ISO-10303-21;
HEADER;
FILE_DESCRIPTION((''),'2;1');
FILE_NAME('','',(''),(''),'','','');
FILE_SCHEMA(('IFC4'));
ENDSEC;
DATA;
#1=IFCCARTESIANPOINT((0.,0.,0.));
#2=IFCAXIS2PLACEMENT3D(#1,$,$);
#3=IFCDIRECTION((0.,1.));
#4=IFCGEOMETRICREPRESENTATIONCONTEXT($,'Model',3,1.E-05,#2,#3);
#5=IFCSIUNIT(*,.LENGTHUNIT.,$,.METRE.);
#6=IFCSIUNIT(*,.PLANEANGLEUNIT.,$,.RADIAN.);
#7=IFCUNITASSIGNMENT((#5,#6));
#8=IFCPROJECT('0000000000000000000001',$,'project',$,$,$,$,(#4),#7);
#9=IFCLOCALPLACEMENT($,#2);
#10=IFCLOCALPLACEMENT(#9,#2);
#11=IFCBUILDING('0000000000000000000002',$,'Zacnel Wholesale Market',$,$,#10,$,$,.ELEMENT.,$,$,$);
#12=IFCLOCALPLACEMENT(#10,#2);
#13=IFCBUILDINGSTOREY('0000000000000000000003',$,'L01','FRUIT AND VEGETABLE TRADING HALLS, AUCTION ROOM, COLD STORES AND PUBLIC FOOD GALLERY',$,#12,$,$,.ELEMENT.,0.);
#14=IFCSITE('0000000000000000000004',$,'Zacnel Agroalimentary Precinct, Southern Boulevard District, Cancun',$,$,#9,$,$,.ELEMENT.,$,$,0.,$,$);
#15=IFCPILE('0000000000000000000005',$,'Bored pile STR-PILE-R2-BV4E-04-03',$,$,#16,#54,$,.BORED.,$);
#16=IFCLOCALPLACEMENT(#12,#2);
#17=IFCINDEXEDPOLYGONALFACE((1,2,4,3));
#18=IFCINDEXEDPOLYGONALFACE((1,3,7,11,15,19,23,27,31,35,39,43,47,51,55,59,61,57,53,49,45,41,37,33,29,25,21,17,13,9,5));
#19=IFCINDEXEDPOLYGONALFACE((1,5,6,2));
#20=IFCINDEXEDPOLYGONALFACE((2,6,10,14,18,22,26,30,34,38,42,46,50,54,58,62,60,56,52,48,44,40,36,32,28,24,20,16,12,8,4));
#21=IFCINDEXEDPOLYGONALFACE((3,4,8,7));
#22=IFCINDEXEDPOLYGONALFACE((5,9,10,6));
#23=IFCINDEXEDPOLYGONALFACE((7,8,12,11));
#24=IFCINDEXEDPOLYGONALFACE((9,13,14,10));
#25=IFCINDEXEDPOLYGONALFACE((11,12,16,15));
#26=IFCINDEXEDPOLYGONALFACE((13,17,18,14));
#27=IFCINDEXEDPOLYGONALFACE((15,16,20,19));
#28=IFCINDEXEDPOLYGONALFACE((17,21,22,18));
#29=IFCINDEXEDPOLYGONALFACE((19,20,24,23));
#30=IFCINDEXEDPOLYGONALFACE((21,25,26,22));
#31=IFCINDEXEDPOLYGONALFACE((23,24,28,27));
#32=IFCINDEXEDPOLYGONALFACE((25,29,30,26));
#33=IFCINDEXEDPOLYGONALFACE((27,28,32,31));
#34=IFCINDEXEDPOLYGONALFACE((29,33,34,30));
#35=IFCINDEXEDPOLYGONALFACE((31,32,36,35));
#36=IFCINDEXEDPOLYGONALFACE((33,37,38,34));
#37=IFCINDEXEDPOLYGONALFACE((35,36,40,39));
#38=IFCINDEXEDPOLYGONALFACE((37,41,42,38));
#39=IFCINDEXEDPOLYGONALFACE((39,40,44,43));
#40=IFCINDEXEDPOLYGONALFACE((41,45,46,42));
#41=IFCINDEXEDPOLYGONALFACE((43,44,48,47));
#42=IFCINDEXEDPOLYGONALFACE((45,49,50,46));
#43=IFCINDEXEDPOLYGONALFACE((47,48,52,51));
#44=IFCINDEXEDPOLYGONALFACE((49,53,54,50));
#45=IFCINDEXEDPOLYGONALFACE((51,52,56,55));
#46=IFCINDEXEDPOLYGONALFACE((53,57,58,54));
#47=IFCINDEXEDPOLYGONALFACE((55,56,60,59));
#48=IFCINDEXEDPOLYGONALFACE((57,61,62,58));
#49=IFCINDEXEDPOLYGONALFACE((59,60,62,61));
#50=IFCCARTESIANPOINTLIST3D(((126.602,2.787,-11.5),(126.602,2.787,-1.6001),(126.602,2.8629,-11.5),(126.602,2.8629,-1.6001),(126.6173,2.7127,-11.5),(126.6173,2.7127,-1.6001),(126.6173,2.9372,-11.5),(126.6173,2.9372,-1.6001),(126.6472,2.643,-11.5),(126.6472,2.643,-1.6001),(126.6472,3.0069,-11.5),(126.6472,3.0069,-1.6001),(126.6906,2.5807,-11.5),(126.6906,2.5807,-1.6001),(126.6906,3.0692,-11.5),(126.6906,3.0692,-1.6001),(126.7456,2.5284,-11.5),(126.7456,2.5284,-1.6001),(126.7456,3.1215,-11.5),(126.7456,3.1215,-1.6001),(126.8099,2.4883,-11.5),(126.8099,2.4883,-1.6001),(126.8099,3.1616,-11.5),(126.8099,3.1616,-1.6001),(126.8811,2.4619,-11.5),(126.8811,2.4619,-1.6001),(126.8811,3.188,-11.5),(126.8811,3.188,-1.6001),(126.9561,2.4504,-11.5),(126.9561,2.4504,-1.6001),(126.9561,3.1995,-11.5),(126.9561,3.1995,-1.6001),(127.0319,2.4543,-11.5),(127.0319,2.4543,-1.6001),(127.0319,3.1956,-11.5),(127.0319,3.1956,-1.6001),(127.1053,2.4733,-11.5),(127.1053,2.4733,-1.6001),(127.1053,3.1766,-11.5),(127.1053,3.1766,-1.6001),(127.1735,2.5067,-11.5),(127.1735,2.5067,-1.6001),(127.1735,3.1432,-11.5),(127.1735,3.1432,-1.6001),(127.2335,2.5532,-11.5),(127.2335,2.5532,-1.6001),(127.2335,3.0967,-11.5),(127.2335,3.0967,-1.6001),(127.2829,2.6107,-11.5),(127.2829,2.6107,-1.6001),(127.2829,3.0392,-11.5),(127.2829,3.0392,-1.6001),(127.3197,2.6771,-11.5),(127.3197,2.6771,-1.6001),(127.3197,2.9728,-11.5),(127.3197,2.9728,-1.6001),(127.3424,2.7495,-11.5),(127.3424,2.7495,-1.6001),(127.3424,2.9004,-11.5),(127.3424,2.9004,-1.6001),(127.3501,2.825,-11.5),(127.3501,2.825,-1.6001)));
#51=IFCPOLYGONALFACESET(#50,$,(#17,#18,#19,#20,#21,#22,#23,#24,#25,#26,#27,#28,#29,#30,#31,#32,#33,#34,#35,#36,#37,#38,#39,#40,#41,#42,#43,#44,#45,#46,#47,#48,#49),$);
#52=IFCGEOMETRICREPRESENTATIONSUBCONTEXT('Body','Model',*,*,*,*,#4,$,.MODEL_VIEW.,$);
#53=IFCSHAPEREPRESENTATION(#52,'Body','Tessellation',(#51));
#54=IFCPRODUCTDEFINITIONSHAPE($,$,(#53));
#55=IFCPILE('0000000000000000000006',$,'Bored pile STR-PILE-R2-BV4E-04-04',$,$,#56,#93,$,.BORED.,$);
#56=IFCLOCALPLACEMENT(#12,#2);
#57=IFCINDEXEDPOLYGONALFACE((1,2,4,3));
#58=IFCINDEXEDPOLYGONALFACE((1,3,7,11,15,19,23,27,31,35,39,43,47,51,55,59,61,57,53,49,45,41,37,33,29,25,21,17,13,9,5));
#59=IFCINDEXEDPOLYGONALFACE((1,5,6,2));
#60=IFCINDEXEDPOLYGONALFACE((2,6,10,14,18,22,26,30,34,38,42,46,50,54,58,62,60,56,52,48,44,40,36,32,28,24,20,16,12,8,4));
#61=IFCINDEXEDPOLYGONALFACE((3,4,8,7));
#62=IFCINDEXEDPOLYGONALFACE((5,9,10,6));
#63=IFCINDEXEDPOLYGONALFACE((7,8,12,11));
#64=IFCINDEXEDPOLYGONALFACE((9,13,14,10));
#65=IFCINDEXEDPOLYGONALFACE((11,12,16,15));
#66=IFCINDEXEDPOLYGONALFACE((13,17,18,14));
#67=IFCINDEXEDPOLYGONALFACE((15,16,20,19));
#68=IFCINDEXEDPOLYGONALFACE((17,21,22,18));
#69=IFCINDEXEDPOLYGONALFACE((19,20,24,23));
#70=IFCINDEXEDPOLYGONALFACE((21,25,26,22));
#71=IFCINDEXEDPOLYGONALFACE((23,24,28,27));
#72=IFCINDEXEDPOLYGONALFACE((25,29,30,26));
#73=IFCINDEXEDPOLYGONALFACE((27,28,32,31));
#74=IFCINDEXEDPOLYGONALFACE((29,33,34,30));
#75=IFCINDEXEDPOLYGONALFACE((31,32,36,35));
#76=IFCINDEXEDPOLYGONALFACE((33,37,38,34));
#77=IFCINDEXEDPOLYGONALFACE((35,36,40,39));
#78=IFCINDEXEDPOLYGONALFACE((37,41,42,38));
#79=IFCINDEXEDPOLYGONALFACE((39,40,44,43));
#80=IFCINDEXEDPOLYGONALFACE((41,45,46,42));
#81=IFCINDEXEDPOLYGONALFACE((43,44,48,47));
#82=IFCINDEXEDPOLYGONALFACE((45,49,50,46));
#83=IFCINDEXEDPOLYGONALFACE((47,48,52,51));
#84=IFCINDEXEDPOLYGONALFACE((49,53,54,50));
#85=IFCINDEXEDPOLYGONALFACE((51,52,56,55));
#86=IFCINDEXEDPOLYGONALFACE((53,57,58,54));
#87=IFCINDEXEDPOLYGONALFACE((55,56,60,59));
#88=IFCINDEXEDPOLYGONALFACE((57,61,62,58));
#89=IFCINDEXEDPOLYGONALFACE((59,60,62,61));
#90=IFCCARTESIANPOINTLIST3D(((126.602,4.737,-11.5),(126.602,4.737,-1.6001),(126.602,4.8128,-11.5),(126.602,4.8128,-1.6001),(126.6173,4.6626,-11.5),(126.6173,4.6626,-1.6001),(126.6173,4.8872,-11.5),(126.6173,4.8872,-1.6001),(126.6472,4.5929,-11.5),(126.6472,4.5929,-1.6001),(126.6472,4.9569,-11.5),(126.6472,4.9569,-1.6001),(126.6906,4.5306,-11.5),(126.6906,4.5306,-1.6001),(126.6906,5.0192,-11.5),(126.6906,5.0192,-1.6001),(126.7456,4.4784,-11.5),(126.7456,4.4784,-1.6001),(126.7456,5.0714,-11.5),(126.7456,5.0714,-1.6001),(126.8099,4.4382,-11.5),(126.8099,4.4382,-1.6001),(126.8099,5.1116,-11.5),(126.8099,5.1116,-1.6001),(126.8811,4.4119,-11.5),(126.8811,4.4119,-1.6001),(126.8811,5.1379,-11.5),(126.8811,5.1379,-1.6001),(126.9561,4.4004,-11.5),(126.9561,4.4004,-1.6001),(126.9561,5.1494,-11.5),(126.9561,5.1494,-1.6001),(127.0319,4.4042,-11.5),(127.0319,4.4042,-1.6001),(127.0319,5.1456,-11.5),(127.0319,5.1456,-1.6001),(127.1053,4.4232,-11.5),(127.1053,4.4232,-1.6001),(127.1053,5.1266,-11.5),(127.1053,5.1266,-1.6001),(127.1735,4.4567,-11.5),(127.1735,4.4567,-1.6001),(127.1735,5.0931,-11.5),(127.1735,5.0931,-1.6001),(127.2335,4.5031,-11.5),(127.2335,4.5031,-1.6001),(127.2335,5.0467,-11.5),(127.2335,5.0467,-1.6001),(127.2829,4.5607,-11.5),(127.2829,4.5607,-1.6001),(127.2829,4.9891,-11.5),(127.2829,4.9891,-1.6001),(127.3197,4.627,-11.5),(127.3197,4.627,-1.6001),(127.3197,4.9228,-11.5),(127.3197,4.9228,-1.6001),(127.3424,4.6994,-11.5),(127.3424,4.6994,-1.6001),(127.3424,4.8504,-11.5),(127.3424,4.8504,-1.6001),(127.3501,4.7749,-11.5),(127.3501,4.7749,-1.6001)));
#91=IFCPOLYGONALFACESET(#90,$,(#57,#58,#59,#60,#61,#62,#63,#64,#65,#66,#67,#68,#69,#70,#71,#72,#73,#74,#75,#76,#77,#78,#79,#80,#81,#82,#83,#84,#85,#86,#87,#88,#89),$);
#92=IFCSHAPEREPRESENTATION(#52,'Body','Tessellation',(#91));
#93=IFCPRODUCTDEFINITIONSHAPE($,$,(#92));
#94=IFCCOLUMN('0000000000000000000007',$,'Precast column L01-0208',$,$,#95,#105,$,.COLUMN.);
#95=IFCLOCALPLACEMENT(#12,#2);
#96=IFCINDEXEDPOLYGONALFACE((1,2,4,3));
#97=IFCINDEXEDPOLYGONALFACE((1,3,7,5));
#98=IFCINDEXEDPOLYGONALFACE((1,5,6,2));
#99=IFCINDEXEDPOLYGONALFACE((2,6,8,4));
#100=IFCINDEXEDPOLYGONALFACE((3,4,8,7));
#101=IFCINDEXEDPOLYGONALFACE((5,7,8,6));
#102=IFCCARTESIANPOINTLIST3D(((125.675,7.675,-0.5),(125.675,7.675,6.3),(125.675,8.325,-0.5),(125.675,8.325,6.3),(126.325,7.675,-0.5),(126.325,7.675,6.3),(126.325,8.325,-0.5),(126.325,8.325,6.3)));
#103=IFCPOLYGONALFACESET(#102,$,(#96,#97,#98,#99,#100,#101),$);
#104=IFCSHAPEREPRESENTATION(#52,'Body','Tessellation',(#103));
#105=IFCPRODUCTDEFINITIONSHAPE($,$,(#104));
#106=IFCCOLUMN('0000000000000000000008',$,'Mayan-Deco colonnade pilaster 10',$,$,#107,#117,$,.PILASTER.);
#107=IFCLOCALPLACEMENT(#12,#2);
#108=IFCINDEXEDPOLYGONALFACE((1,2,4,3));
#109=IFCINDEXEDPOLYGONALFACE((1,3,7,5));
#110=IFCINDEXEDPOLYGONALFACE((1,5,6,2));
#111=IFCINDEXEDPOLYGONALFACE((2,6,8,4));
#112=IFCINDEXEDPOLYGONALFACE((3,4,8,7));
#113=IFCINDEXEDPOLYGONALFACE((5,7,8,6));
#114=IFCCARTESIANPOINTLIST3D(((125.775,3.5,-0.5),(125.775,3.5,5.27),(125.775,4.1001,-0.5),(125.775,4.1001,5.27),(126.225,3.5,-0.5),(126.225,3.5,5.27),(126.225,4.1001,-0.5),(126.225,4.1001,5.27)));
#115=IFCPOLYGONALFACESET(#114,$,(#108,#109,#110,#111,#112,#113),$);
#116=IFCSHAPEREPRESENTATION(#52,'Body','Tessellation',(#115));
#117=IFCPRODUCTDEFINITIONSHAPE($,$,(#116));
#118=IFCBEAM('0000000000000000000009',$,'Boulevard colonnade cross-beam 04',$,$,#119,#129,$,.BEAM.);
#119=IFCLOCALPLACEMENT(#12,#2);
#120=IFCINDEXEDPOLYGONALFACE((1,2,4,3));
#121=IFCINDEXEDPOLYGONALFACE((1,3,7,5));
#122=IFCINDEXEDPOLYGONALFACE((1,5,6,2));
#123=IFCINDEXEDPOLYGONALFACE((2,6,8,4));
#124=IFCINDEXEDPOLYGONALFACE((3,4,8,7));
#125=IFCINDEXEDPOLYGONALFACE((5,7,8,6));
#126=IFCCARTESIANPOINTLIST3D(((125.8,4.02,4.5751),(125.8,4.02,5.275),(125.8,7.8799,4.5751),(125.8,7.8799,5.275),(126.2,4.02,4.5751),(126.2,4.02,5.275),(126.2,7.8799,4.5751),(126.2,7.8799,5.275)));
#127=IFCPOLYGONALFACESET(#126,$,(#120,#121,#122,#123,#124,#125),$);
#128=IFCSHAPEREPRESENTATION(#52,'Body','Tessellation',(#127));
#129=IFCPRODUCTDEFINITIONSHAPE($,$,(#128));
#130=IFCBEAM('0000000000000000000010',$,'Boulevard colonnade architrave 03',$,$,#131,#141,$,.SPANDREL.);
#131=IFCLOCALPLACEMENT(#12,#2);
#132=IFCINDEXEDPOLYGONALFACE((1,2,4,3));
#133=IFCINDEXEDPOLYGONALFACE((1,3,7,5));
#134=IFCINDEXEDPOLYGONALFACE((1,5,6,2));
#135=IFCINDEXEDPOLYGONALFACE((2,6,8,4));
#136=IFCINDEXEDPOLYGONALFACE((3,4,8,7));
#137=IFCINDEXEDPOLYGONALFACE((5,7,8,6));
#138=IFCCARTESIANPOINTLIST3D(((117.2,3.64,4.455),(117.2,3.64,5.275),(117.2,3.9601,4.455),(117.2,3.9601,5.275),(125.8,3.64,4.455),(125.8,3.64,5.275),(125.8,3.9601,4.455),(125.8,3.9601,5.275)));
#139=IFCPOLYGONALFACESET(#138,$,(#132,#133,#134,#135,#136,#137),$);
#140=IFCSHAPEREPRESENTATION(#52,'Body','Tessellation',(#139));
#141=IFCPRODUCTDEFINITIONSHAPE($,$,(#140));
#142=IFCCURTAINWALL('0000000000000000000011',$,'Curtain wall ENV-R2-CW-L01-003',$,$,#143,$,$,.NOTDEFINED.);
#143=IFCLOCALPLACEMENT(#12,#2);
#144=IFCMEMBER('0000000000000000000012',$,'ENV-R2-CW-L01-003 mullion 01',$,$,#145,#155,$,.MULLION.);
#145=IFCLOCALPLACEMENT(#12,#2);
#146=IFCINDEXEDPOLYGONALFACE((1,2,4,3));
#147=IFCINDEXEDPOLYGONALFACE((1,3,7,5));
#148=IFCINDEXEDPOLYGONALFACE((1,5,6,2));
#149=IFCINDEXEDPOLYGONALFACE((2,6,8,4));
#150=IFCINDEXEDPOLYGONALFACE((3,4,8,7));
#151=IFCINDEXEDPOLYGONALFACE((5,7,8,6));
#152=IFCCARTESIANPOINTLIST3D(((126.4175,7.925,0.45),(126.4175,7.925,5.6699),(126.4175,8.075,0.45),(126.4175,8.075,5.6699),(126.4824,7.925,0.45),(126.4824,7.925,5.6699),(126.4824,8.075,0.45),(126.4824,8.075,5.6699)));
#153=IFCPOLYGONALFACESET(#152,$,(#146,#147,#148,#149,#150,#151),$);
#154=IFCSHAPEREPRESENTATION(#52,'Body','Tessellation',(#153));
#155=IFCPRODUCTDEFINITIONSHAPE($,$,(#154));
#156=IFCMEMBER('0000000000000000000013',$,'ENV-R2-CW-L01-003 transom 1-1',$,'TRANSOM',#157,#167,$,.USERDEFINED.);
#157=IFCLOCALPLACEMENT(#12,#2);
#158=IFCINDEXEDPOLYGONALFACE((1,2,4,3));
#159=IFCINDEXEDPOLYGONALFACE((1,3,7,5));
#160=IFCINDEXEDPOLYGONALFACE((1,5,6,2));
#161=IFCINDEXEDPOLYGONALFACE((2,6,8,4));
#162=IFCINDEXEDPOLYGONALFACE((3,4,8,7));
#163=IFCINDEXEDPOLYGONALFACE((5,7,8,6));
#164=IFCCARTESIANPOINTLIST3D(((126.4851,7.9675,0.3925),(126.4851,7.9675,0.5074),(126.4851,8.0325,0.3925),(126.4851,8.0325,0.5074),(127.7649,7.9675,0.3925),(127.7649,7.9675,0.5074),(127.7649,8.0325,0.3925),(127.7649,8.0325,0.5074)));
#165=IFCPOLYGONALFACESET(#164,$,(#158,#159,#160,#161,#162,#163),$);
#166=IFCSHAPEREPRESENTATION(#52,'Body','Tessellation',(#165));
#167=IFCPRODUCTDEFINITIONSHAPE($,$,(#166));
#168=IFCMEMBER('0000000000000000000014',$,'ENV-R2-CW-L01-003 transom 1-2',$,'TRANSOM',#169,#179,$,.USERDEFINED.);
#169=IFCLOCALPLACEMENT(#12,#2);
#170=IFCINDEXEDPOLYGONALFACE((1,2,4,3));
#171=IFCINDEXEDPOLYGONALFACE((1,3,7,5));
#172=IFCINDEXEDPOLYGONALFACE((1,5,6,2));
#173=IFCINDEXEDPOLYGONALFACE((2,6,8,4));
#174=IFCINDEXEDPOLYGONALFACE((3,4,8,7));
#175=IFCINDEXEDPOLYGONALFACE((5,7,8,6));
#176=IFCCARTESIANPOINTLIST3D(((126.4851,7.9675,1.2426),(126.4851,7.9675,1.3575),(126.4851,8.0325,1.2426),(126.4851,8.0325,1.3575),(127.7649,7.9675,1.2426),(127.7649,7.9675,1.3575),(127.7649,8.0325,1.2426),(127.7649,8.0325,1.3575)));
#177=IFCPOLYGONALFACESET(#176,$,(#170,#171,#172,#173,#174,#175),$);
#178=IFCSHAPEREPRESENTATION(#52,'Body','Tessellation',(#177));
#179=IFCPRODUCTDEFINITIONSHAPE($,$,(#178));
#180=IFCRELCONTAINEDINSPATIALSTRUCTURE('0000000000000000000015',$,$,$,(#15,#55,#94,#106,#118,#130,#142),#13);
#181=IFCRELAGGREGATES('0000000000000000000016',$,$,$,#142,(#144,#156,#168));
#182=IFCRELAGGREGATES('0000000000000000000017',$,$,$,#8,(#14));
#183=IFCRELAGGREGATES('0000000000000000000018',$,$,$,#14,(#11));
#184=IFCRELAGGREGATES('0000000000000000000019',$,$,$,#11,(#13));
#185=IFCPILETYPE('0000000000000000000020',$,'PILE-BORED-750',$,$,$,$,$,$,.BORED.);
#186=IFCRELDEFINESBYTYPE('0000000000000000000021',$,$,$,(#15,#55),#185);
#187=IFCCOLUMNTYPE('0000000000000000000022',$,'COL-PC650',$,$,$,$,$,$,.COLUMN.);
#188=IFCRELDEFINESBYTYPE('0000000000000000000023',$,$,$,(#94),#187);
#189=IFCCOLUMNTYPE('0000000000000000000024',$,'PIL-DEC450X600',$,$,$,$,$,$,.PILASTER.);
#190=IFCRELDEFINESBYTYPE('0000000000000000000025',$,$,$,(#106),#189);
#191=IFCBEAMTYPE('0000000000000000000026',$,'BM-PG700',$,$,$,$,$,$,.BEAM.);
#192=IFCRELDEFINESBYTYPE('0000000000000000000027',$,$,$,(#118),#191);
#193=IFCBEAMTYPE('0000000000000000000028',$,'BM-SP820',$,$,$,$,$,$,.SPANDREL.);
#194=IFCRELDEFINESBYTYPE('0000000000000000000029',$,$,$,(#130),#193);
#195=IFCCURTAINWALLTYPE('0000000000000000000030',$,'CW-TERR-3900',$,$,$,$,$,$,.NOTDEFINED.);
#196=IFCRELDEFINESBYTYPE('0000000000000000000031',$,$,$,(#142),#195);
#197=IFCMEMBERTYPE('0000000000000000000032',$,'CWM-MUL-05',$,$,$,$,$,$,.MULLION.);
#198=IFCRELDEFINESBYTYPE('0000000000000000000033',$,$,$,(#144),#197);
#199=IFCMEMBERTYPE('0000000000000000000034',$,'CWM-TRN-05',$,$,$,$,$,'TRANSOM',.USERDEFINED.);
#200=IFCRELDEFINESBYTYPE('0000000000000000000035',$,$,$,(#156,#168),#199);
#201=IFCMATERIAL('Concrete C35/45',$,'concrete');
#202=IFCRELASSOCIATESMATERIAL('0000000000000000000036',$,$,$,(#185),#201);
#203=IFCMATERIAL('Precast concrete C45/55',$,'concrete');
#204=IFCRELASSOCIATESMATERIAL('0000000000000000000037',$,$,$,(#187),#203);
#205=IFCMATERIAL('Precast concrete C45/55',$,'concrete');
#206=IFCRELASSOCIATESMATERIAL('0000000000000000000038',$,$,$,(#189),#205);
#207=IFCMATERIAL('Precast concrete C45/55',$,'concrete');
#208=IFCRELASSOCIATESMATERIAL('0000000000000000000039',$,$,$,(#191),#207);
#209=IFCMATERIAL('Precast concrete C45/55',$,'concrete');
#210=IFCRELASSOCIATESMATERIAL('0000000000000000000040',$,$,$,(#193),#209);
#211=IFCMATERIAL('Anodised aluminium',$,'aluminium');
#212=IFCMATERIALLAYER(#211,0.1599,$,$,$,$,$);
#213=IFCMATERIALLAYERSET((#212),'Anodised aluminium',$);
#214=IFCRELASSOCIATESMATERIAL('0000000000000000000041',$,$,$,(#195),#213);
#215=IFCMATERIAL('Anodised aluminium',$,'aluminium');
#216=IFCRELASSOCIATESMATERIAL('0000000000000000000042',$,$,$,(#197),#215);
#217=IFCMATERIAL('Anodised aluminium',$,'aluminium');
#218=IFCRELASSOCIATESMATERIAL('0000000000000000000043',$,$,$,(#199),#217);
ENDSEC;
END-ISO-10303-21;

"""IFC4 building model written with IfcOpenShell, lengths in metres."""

from ifc_helpers import new_model, si_unit, direction, frame, origin, origin_2d, place, context, subcontext, project, spatial, rectangle, circle, extrude, material, layer, layer_set, material_profile, profile_set, type_object, element, aggregate, save


model = new_model("IFC4")

# Units and contexts
model_context = context("Model", 3, precision=1e-05, world=origin(), true_north=direction((0.0, 1.0)))
body_context = subcontext(model_context, "Body", "Model", "MODEL_VIEW")
ifc_project = project(units=[si_unit("LENGTHUNIT", "METRE"), si_unit("PLANEANGLEUNIT", "RADIAN")], contexts=[model_context])

# Site, building, storey
site_placement = place(None, origin())
site = spatial("IfcSite", under=ifc_project, at=site_placement, Name="Zacnel Agroalimentary Precinct, Southern Boulevard District, Cancun", CompositionType="ELEMENT", RefElevation=0.0)
building_placement = place(site_placement, origin())
building = spatial("IfcBuilding", under=site, at=building_placement, Name="Zacnel Wholesale Market", CompositionType="ELEMENT")
storey_placement = place(building_placement, origin())
storey = spatial("IfcBuildingStorey", under=building, at=storey_placement, Name="L01", Description="FRUIT AND VEGETABLE TRADING HALLS, AUCTION ROOM, COLD STORES AND PUBLIC FOOD GALLERY", CompositionType="ELEMENT", Elevation=0.0)

# Piles
ifc_material_1 = material(Name="Concrete C35/45", Category="concrete")
ifc_material_profile_1 = material_profile(ifc_material_1, circle(Radius=0.375, at=origin_2d()), Name="BORED PILE D750")
ifc_profile_set_1 = profile_set([ifc_material_profile_1], Name="Concrete C35/45")
pile_type = type_object("IfcPileType", Name="PILE-BORED-750", PredefinedType="BORED", material=ifc_profile_set_1)
for number, where, z_axis, x_axis, name in (
    (1, (126.9751, 2.825, -1.6001), (0.0, 0.0, -1.0), (1.0, 0.0, 0.0), "Bored pile STR-PILE-R2-BV4E-04-03"),
    (2, (126.9751, 4.7749, -1.6001), (0.0, 0.0, -1.0), (1.0, 0.0, 0.0), "Bored pile STR-PILE-R2-BV4E-04-04"),
):
    element("IfcPile", number, at=place(storey_placement, frame(where, z_axis=z_axis, x_axis=x_axis)), inside=storey, type_object=pile_type, Name=name, PredefinedType="BORED", context=body_context, shape_type="SweptSolid", body=[
        extrude(circle(Radius=0.375, at=origin_2d()), origin(), (0.0, 0.0, 1.0), 9.8999),
    ])

# Columns
ifc_material_2 = material(Name="Precast concrete C45/55", Category="concrete")
ifc_material_profile_2 = material_profile(ifc_material_2, rectangle(XDim=0.6499, YDim=0.6499, at=origin_2d()), Name="PC 650x650")
ifc_profile_set_2 = profile_set([ifc_material_profile_2], Name="Precast concrete C45/55")
column_type_1 = type_object("IfcColumnType", Name="COL-PC650", PredefinedType="COLUMN", material=ifc_profile_set_2)
column_1_placement = place(storey_placement, frame((126.0, 8.0, -0.5), z_axis=(0.0, 0.0, 1.0), x_axis=(1.0, 0.0, 0.0)))
element("IfcColumn", 3, at=column_1_placement, inside=storey, type_object=column_type_1, Name="Precast column L01-0208", PredefinedType="COLUMN", context=body_context, shape_type="SweptSolid", body=[
    extrude(rectangle(XDim=0.6499, YDim=0.6499, at=origin_2d()), origin(), (0.0, 0.0, 1.0), 6.8),
])
ifc_material_3 = material(Name="Precast concrete C45/55", Category="concrete")
ifc_material_profile_3 = material_profile(ifc_material_3, rectangle(XDim=0.45, YDim=0.6001, at=origin_2d()), Name="PIL 450x600")
ifc_profile_set_3 = profile_set([ifc_material_profile_3], Name="Precast concrete C45/55")
column_type_2 = type_object("IfcColumnType", Name="PIL-DEC450X600", PredefinedType="PILASTER", material=ifc_profile_set_3)
column_2_placement = place(storey_placement, frame((126.0, 3.8, -0.5), z_axis=(0.0, 0.0, 1.0), x_axis=(1.0, 0.0, 0.0)))
element("IfcColumn", 4, at=column_2_placement, inside=storey, type_object=column_type_2, Name="Mayan-Deco colonnade pilaster 10", PredefinedType="PILASTER", context=body_context, shape_type="SweptSolid", body=[
    extrude(rectangle(XDim=0.45, YDim=0.6001, at=origin_2d()), origin(), (0.0, 0.0, 1.0), 5.77),
])

# Beams
ifc_material_4 = material(Name="Precast concrete C45/55", Category="concrete")
ifc_material_profile_4 = material_profile(ifc_material_4, rectangle(XDim=0.3999, YDim=0.7, at=origin_2d()), Name="PG 400x700")
ifc_profile_set_4 = profile_set([ifc_material_profile_4], Name="Precast concrete C45/55")
beam_type_1 = type_object("IfcBeamType", Name="BM-PG700", PredefinedType="BEAM", material=ifc_profile_set_4)
beam_1_placement = place(storey_placement, frame((126.0, 4.02, 4.925), z_axis=(0.0, 1.0, 0.0), x_axis=(-1.0, 0.0, 0.0)))
element("IfcBeam", 5, at=beam_1_placement, inside=storey, type_object=beam_type_1, Name="Boulevard colonnade cross-beam 04", PredefinedType="BEAM", context=body_context, shape_type="SweptSolid", body=[
    extrude(rectangle(XDim=0.3999, YDim=0.7, at=origin_2d()), origin(), (0.0, 0.0, 1.0), 3.8599),
])
ifc_material_5 = material(Name="Precast concrete C45/55", Category="concrete")
ifc_material_profile_5 = material_profile(ifc_material_5, rectangle(XDim=0.3201, YDim=0.8201, at=origin_2d()), Name="SP 320x820")
ifc_profile_set_5 = profile_set([ifc_material_profile_5], Name="Precast concrete C45/55")
beam_type_2 = type_object("IfcBeamType", Name="BM-SP820", PredefinedType="SPANDREL", material=ifc_profile_set_5)
beam_2_placement = place(storey_placement, frame((117.2, 3.8, 4.865), z_axis=(1.0, 0.0, 0.0), x_axis=(0.0, 1.0, 0.0)))
element("IfcBeam", 6, at=beam_2_placement, inside=storey, type_object=beam_type_2, Name="Boulevard colonnade architrave 03", PredefinedType="SPANDREL", context=body_context, shape_type="SweptSolid", body=[
    extrude(rectangle(XDim=0.3201, YDim=0.8201, at=origin_2d()), origin(), (0.0, 0.0, 1.0), 8.6001),
])

# Curtain wall, members
ifc_material_6 = material(Name="Anodised aluminium", Category="aluminium")
ifc_layer_1 = layer(ifc_material_6, 0.1599)
ifc_layer_set_1 = layer_set([ifc_layer_1], Name="Anodised aluminium")
curtain_wall_type = type_object("IfcCurtainWallType", Name="CW-TERR-3900", PredefinedType="NOTDEFINED", material=ifc_layer_set_1)
curtain_wall_placement = place(storey_placement, origin())
curtain_wall = element("IfcCurtainWall", 7, at=curtain_wall_placement, inside=storey, type_object=curtain_wall_type, Name="Curtain wall ENV-R2-CW-L01-003", PredefinedType="NOTDEFINED")
ifc_material_7 = material(Name="Anodised aluminium", Category="aluminium")
ifc_material_profile_6 = material_profile(ifc_material_7, rectangle(XDim=0.0649, YDim=0.1499, at=origin_2d()), Name="AW-MULLION 65x150")
ifc_profile_set_6 = profile_set([ifc_material_profile_6], Name="Anodised aluminium")
member_type_1 = type_object("IfcMemberType", Name="CWM-MUL-05", PredefinedType="MULLION", material=ifc_profile_set_6)
member_1_placement = place(storey_placement, frame((126.45, 8.0, 0.45), z_axis=(0.0, 0.0, 1.0), x_axis=(1.0, 0.0, 0.0)))
member_1 = element("IfcMember", 8, at=member_1_placement, type_object=member_type_1, Name="ENV-R2-CW-L01-003 mullion 01", PredefinedType="MULLION", context=body_context, shape_type="SweptSolid", body=[
    extrude(rectangle(XDim=0.0649, YDim=0.1499, at=origin_2d()), origin(), (0.0, 0.0, 1.0), 5.22),
])
ifc_material_8 = material(Name="Anodised aluminium", Category="aluminium")
ifc_material_profile_7 = material_profile(ifc_material_8, rectangle(XDim=0.0649, YDim=0.115, at=origin_2d()), Name="AW-TRANSOM 65x115")
ifc_profile_set_7 = profile_set([ifc_material_profile_7], Name="Anodised aluminium")
member_type_2 = type_object("IfcMemberType", Name="CWM-TRN-05", ElementType="TRANSOM", PredefinedType="USERDEFINED", material=ifc_profile_set_7)
member_2_placement = place(storey_placement, frame((126.4851, 8.0, 0.45), z_axis=(1.0, 0.0, 0.0), x_axis=(0.0, 1.0, 0.0)))
member_2 = element("IfcMember", 9, at=member_2_placement, type_object=member_type_2, Name="ENV-R2-CW-L01-003 transom 1-1", ObjectType="TRANSOM", PredefinedType="USERDEFINED", context=body_context, shape_type="SweptSolid", body=[
    extrude(rectangle(XDim=0.0649, YDim=0.115, at=origin_2d()), origin(), (0.0, 0.0, 1.0), 1.2798),
])
member_3_placement = place(storey_placement, frame((126.4851, 8.0, 1.3), z_axis=(1.0, 0.0, 0.0), x_axis=(0.0, 1.0, 0.0)))
member_3 = element("IfcMember", 10, at=member_3_placement, type_object=member_type_2, Name="ENV-R2-CW-L01-003 transom 1-2", ObjectType="TRANSOM", PredefinedType="USERDEFINED", context=body_context, shape_type="SweptSolid", body=[
    extrude(rectangle(XDim=0.0649, YDim=0.115, at=origin_2d()), origin(), (0.0, 0.0, 1.0), 1.2798),
])
aggregate(curtain_wall, [member_1, member_2, member_3])

save(model, "model.ifc")
